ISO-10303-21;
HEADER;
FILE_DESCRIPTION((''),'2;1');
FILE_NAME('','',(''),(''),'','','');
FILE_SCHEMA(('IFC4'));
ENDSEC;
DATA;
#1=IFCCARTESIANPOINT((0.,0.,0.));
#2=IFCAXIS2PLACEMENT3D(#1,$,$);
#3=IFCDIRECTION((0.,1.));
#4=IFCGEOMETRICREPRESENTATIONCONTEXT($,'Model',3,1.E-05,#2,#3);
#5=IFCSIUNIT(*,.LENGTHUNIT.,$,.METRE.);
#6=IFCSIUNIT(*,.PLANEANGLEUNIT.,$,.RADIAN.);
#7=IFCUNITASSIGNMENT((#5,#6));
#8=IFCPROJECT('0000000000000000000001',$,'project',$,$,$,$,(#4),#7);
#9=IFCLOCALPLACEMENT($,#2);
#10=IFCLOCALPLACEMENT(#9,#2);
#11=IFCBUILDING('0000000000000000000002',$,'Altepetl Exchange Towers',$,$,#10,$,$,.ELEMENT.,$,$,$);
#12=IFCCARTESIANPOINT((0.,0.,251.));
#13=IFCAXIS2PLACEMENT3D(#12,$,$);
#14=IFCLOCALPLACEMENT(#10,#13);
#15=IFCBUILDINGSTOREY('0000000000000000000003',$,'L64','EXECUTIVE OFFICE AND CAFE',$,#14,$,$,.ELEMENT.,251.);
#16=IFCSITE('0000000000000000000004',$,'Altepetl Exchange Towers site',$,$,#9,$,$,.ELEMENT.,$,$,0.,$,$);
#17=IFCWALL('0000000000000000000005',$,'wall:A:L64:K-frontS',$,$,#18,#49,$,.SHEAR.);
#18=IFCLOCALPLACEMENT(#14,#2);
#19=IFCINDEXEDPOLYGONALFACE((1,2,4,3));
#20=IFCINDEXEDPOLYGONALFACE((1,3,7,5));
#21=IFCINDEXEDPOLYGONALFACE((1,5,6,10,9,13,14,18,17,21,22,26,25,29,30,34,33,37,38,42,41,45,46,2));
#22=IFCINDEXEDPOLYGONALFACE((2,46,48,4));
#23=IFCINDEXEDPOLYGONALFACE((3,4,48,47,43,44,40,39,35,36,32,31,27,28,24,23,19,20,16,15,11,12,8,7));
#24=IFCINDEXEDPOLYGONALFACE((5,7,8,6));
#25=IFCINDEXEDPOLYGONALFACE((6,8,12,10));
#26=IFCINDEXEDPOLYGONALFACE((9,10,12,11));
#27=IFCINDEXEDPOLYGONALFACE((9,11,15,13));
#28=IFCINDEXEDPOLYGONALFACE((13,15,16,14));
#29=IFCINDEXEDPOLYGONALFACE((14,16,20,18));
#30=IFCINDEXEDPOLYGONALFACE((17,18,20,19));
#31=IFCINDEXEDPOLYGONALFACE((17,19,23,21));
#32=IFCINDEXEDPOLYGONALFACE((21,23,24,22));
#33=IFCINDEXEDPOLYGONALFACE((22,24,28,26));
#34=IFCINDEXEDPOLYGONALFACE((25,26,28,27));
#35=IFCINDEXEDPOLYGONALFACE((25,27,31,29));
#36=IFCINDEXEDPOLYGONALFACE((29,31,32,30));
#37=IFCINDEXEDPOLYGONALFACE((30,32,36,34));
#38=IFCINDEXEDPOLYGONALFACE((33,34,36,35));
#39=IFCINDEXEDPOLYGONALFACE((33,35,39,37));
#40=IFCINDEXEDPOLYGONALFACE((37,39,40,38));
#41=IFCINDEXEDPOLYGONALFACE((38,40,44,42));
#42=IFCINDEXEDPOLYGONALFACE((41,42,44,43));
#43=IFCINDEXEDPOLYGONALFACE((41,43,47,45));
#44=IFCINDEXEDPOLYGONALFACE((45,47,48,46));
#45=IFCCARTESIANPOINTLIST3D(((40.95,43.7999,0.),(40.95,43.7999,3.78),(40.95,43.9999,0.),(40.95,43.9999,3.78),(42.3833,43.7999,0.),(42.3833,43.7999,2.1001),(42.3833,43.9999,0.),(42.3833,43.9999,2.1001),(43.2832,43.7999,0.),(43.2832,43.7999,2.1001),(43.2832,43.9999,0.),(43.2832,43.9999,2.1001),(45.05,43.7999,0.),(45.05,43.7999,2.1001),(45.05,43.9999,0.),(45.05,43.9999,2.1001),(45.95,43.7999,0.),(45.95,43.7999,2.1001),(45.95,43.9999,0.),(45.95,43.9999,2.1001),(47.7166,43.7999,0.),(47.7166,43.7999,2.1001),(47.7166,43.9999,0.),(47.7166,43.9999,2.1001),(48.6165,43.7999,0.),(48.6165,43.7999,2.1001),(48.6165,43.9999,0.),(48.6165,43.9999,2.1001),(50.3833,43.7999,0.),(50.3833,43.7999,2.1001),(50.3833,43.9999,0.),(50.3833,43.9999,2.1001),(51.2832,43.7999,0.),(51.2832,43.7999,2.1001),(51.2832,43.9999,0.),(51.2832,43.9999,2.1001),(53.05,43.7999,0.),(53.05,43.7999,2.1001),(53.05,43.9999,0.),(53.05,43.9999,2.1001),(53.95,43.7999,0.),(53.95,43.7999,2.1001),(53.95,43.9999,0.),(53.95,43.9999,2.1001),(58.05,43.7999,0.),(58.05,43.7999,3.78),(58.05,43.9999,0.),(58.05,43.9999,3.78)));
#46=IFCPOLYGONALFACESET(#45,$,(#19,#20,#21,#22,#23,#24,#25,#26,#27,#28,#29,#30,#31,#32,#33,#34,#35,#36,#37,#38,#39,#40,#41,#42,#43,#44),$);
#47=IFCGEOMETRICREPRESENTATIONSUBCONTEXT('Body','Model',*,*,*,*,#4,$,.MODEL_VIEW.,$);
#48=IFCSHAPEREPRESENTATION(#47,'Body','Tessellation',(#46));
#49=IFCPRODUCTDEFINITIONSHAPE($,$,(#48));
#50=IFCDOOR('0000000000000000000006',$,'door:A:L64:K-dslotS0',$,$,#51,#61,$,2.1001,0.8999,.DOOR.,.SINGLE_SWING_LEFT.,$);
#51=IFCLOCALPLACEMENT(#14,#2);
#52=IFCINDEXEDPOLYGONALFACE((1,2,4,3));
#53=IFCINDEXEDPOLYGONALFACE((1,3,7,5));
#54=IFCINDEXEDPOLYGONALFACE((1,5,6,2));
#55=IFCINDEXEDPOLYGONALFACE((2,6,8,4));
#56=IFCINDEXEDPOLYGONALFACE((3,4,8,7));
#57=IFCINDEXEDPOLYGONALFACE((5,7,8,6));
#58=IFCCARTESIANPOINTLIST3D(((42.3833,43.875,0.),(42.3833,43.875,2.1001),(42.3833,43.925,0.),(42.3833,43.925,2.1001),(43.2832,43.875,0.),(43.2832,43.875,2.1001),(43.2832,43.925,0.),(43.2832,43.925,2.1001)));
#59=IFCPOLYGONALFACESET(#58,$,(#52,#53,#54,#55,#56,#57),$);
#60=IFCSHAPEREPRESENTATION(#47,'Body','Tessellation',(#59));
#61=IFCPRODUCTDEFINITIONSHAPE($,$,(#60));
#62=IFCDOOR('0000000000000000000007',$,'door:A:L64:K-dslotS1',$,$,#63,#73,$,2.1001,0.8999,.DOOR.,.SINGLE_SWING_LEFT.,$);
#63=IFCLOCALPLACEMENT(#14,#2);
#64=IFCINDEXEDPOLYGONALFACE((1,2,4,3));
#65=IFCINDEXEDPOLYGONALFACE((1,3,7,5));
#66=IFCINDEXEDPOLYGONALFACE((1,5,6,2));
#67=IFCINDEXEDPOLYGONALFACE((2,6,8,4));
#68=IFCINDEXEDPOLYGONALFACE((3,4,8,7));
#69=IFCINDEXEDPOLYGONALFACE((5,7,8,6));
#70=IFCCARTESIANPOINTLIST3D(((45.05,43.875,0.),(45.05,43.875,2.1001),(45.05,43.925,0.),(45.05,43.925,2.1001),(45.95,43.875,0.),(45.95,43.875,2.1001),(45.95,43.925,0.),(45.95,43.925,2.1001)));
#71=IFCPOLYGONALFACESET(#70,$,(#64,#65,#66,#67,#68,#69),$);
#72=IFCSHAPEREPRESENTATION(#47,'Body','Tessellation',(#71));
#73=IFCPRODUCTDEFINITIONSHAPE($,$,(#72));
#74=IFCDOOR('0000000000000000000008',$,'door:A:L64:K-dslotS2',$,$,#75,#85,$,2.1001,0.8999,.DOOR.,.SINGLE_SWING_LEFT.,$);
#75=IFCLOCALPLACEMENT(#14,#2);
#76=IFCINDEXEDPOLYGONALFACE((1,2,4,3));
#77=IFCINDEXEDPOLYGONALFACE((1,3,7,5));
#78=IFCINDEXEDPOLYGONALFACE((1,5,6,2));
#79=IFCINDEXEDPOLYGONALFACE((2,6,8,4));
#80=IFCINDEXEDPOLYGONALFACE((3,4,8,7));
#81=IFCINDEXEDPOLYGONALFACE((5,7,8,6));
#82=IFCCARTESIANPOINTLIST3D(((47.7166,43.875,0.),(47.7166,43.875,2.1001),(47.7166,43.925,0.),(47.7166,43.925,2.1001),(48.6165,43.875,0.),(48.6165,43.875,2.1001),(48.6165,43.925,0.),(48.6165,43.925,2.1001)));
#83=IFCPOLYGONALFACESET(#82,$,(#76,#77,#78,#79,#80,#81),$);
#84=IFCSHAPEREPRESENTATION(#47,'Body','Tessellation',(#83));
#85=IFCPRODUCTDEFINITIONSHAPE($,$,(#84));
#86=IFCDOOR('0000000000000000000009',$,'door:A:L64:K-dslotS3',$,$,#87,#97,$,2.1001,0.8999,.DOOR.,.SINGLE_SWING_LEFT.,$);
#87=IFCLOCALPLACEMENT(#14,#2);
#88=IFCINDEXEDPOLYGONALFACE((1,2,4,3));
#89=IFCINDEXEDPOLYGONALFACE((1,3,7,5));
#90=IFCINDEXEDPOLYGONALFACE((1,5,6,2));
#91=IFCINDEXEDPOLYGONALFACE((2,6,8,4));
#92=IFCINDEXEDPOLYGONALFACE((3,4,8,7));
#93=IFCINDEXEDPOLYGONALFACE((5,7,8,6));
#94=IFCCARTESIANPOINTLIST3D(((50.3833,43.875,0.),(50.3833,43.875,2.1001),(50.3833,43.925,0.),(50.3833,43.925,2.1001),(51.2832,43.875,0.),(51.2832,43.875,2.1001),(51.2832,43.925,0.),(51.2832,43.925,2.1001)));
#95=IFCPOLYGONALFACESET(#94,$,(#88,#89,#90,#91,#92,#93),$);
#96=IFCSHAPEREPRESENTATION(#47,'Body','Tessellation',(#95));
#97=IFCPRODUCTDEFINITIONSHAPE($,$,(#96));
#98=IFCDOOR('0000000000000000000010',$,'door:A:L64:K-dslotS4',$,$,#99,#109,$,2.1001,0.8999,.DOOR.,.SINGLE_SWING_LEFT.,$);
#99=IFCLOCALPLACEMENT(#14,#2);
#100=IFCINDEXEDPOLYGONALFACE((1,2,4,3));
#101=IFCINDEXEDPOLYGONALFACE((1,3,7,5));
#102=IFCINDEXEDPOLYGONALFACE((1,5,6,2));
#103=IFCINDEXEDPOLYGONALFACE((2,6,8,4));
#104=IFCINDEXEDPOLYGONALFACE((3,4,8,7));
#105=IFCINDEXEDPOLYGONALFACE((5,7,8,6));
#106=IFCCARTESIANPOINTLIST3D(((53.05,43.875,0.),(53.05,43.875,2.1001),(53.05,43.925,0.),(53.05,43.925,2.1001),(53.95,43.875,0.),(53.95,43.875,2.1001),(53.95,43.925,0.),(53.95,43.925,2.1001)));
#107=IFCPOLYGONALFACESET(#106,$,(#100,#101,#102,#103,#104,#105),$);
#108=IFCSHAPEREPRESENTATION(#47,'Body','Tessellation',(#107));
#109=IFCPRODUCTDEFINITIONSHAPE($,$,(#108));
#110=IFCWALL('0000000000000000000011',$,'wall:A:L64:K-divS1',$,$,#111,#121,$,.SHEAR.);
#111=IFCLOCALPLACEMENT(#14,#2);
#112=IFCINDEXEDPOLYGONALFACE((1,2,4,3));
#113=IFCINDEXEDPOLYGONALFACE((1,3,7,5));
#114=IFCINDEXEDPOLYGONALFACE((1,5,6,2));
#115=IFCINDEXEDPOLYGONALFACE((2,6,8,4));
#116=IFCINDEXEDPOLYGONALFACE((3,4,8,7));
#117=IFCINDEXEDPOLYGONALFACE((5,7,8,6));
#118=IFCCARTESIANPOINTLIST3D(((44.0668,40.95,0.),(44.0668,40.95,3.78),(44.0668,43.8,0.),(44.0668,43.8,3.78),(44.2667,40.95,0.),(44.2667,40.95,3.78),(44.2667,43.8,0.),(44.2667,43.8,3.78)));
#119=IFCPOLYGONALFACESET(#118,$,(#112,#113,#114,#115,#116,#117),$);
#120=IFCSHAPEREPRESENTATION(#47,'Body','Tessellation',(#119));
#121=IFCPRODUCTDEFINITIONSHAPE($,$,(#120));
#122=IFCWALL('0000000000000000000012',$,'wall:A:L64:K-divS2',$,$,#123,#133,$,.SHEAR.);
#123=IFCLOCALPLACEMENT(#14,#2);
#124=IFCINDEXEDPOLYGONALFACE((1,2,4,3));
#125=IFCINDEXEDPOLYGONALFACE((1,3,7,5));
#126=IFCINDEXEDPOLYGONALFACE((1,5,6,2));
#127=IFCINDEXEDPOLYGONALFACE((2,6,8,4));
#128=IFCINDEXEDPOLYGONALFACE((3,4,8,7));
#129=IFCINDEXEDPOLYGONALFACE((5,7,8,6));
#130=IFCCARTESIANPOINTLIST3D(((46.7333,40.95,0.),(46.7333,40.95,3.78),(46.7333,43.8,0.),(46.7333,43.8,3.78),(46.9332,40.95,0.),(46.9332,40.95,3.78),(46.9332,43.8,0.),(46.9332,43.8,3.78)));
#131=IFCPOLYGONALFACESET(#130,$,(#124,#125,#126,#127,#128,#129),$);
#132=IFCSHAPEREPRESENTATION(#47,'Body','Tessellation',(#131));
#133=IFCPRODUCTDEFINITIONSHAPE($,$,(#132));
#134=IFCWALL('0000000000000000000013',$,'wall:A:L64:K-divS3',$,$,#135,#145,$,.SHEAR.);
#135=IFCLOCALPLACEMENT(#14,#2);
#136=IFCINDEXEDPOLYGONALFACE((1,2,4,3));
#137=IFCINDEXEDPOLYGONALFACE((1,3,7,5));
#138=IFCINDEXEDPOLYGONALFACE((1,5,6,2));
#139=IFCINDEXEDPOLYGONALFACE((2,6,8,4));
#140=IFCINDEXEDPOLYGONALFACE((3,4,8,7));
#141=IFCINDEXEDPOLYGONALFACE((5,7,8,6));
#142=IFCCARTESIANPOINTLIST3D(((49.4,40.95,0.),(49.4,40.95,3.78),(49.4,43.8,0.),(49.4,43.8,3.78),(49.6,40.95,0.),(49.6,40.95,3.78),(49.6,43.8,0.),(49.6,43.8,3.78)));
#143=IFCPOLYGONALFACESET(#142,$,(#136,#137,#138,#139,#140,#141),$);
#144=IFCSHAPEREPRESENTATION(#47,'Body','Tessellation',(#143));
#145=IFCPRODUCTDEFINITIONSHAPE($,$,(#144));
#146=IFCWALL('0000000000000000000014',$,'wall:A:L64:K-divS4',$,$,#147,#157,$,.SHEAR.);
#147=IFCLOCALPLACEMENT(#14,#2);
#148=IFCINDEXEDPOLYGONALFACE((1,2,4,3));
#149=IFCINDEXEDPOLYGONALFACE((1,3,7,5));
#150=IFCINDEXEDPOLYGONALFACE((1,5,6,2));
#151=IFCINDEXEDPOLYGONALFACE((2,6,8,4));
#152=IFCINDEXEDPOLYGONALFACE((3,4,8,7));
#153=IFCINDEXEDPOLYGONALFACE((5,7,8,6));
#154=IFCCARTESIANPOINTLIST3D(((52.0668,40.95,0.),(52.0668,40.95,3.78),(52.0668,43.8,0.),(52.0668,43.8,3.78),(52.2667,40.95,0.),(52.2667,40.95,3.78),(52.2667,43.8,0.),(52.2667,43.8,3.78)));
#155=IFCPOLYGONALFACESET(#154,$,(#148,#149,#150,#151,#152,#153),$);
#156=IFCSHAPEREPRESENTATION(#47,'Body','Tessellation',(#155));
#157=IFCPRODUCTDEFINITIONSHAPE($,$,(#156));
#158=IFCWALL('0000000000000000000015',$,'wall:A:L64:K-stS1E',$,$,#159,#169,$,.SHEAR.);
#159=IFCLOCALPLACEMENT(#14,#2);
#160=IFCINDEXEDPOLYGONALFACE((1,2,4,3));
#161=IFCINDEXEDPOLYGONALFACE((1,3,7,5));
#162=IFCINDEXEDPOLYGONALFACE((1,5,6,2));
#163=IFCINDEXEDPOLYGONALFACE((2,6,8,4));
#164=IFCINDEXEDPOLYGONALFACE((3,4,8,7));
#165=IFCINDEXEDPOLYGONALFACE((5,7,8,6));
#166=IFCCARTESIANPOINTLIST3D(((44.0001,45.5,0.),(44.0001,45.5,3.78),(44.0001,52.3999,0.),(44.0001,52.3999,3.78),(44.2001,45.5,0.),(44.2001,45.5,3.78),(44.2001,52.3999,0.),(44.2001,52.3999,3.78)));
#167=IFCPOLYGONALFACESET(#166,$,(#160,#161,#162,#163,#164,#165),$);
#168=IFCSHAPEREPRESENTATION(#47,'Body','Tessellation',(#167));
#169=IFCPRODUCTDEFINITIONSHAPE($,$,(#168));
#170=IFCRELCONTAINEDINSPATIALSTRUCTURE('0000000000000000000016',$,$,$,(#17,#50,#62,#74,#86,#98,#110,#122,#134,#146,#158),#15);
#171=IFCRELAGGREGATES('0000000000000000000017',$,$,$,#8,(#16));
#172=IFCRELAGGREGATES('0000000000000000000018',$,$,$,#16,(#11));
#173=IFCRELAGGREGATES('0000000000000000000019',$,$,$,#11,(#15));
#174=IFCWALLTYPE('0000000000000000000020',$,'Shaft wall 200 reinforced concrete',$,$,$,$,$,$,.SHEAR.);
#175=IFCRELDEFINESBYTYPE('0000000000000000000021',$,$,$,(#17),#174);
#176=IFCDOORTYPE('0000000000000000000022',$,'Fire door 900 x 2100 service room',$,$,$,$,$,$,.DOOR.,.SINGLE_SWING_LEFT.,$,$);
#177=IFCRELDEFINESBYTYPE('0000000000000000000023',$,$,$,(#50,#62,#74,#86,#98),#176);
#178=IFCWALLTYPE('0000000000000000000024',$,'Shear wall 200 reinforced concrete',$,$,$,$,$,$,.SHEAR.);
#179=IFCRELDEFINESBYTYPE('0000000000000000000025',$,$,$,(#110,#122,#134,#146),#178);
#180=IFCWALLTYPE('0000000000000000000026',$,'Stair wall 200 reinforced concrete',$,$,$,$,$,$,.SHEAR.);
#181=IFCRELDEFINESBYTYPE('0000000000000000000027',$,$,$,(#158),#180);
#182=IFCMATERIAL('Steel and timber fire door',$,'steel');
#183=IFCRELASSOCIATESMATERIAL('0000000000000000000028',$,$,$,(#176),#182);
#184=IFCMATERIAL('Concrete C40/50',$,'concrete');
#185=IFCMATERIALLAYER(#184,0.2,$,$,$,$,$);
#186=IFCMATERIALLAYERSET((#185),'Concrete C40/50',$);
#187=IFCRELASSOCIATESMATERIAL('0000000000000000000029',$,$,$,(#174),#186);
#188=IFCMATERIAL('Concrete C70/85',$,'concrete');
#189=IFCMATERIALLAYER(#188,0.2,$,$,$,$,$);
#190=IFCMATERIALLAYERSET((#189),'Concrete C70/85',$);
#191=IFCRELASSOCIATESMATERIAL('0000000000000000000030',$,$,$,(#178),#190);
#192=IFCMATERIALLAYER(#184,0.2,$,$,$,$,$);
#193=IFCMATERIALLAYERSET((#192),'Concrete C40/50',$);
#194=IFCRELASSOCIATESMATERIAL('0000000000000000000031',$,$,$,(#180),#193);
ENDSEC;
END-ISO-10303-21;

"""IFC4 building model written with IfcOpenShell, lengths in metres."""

from ifc_helpers import new_model, si_unit, direction, frame, frame_2d, origin, place, context, subcontext, project, spatial, rectangle, extrude, material, layer, layer_set, type_object, element, fill, save


model = new_model("IFC4")

# Units and contexts
model_context = context("Model", 3, precision=1e-05, world=origin(), true_north=direction((0.0, 1.0)))
body_context = subcontext(model_context, "Body", "Model", "MODEL_VIEW")
ifc_project = project(units=[si_unit("LENGTHUNIT", "METRE"), si_unit("PLANEANGLEUNIT", "RADIAN")], contexts=[model_context])

# Site, building, storey
site_placement = place(None, origin())
site = spatial("IfcSite", under=ifc_project, at=site_placement, Name="Altepetl Exchange Towers site", CompositionType="ELEMENT", RefElevation=0.0)
building_placement = place(site_placement, origin())
building = spatial("IfcBuilding", under=site, at=building_placement, Name="Altepetl Exchange Towers", CompositionType="ELEMENT")
storey_placement = place(building_placement, frame((0.0, 0.0, 251.0)))
storey = spatial("IfcBuildingStorey", under=building, at=storey_placement, Name="L64", Description="EXECUTIVE OFFICE AND CAFE", CompositionType="ELEMENT", Elevation=251.0)

# Shared definitions
ifc_material_1 = material(Name="Steel and timber fire door", Category="steel")
door_type_1 = type_object("IfcDoorType", Name="Fire door 900 x 2100 service room", OperationType="SINGLE_SWING_LEFT", PredefinedType="DOOR", material=ifc_material_1)

# Wall, openings, doors
ifc_material_2 = material(Name="Concrete C40/50", Category="concrete")
ifc_layer_1 = layer(ifc_material_2, 0.2)
ifc_layer_set_1 = layer_set([ifc_layer_1], Name="Concrete C40/50")
wall_type_1 = type_object("IfcWallType", Name="Shaft wall 200 reinforced concrete", PredefinedType="SHEAR", material=ifc_layer_set_1)
wall_1_placement = place(storey_placement, frame((40.95, 43.8999, 0.0)))
wall_1 = element("IfcWall", 1, at=wall_1_placement, inside=storey, type_object=wall_type_1, Name="wall:A:L64:K-frontS", PredefinedType="SHEAR", context=body_context, shape_type="SweptSolid", body=[
    extrude(rectangle(XDim=17.1001, YDim=0.2, at=frame_2d((8.55, 0.0))), origin(), (0.0, 0.0, 1.0), 3.78),
])
opening_1_placement = place(wall_1_placement, frame((1.4333, 0.0, 0.0)))
opening_1 = element("IfcOpeningElement", 2, at=opening_1_placement, cuts=wall_1, PredefinedType="OPENING", context=body_context, shape_type="SweptSolid", body=[
    extrude(rectangle(XDim=0.8999, YDim=2.1001, at=frame_2d((0.45, 1.05))), frame((0.0, 0.1099, 0.0), z_axis=(0.0, -1.0, 0.0), x_axis=(1.0, 0.0, 0.0)), (0.0, 0.0, 1.0), 0.22),
])
opening_2_placement = place(wall_1_placement, frame((4.1001, 0.0, 0.0)))
opening_2 = element("IfcOpeningElement", 3, at=opening_2_placement, cuts=wall_1, PredefinedType="OPENING", context=body_context, shape_type="SweptSolid", body=[
    extrude(rectangle(XDim=0.8999, YDim=2.1001, at=frame_2d((0.45, 1.05))), frame((0.0, 0.1099, 0.0), z_axis=(0.0, -1.0, 0.0), x_axis=(1.0, 0.0, 0.0)), (0.0, 0.0, 1.0), 0.22),
])
opening_3_placement = place(wall_1_placement, frame((6.7666, 0.0, 0.0)))
opening_3 = element("IfcOpeningElement", 4, at=opening_3_placement, cuts=wall_1, PredefinedType="OPENING", context=body_context, shape_type="SweptSolid", body=[
    extrude(rectangle(XDim=0.8999, YDim=2.1001, at=frame_2d((0.45, 1.05))), frame((0.0, 0.1099, 0.0), z_axis=(0.0, -1.0, 0.0), x_axis=(1.0, 0.0, 0.0)), (0.0, 0.0, 1.0), 0.22),
])
opening_4_placement = place(wall_1_placement, frame((9.4333, 0.0, 0.0)))
opening_4 = element("IfcOpeningElement", 5, at=opening_4_placement, cuts=wall_1, PredefinedType="OPENING", context=body_context, shape_type="SweptSolid", body=[
    extrude(rectangle(XDim=0.8999, YDim=2.1001, at=frame_2d((0.45, 1.05))), frame((0.0, 0.1099, 0.0), z_axis=(0.0, -1.0, 0.0), x_axis=(1.0, 0.0, 0.0)), (0.0, 0.0, 1.0), 0.22),
])
opening_5_placement = place(wall_1_placement, frame((12.1001, 0.0, 0.0)))
opening_5 = element("IfcOpeningElement", 6, at=opening_5_placement, cuts=wall_1, PredefinedType="OPENING", context=body_context, shape_type="SweptSolid", body=[
    extrude(rectangle(XDim=0.8999, YDim=2.1001, at=frame_2d((0.45, 1.05))), frame((0.0, 0.1099, 0.0), z_axis=(0.0, -1.0, 0.0), x_axis=(1.0, 0.0, 0.0)), (0.0, 0.0, 1.0), 0.22),
])
door_1_placement = place(opening_1_placement, frame((0.8999, 0.0, 0.0), x_axis=(-1.0, 0.0, 0.0)))
door_1 = element("IfcDoor", 7, at=door_1_placement, inside=storey, type_object=door_type_1, Name="door:A:L64:K-dslotS0", OperationType="SINGLE_SWING_LEFT", OverallHeight=2.1001, OverallWidth=0.8999, PredefinedType="DOOR", context=body_context, shape_type="SweptSolid", body=[
    extrude(rectangle(XDim=0.8999, YDim=2.1001, at=frame_2d((0.45, 1.05))), frame((0.0, 0.0249, 0.0), z_axis=(0.0, -1.0, 0.0), x_axis=(1.0, 0.0, 0.0)), (0.0, 0.0, 1.0), 0.05),
])
fill(opening_1, door_1)
door_2_placement = place(opening_2_placement, frame((0.8999, 0.0, 0.0), x_axis=(-1.0, 0.0, 0.0)))
door_2 = element("IfcDoor", 8, at=door_2_placement, inside=storey, type_object=door_type_1, Name="door:A:L64:K-dslotS1", OperationType="SINGLE_SWING_LEFT", OverallHeight=2.1001, OverallWidth=0.8999, PredefinedType="DOOR", context=body_context, shape_type="SweptSolid", body=[
    extrude(rectangle(XDim=0.8999, YDim=2.1001, at=frame_2d((0.45, 1.05))), frame((0.0, 0.0249, 0.0), z_axis=(0.0, -1.0, 0.0), x_axis=(1.0, 0.0, 0.0)), (0.0, 0.0, 1.0), 0.05),
])
fill(opening_2, door_2)
door_3_placement = place(opening_3_placement, frame((0.8999, 0.0, 0.0), x_axis=(-1.0, 0.0, 0.0)))
door_3 = element("IfcDoor", 9, at=door_3_placement, inside=storey, type_object=door_type_1, Name="door:A:L64:K-dslotS2", OperationType="SINGLE_SWING_LEFT", OverallHeight=2.1001, OverallWidth=0.8999, PredefinedType="DOOR", context=body_context, shape_type="SweptSolid", body=[
    extrude(rectangle(XDim=0.8999, YDim=2.1001, at=frame_2d((0.45, 1.05))), frame((0.0, 0.0249, 0.0), z_axis=(0.0, -1.0, 0.0), x_axis=(1.0, 0.0, 0.0)), (0.0, 0.0, 1.0), 0.05),
])
fill(opening_3, door_3)
door_4_placement = place(opening_4_placement, frame((0.8999, 0.0, 0.0), x_axis=(-1.0, 0.0, 0.0)))
door_4 = element("IfcDoor", 10, at=door_4_placement, inside=storey, type_object=door_type_1, Name="door:A:L64:K-dslotS3", OperationType="SINGLE_SWING_LEFT", OverallHeight=2.1001, OverallWidth=0.8999, PredefinedType="DOOR", context=body_context, shape_type="SweptSolid", body=[
    extrude(rectangle(XDim=0.8999, YDim=2.1001, at=frame_2d((0.45, 1.05))), frame((0.0, 0.0249, 0.0), z_axis=(0.0, -1.0, 0.0), x_axis=(1.0, 0.0, 0.0)), (0.0, 0.0, 1.0), 0.05),
])
fill(opening_4, door_4)
door_5_placement = place(opening_5_placement, frame((0.8999, 0.0, 0.0), x_axis=(-1.0, 0.0, 0.0)))
door_5 = element("IfcDoor", 11, at=door_5_placement, inside=storey, type_object=door_type_1, Name="door:A:L64:K-dslotS4", OperationType="SINGLE_SWING_LEFT", OverallHeight=2.1001, OverallWidth=0.8999, PredefinedType="DOOR", context=body_context, shape_type="SweptSolid", body=[
    extrude(rectangle(XDim=0.8999, YDim=2.1001, at=frame_2d((0.45, 1.05))), frame((0.0, 0.0249, 0.0), z_axis=(0.0, -1.0, 0.0), x_axis=(1.0, 0.0, 0.0)), (0.0, 0.0, 1.0), 0.05),
])
fill(opening_5, door_5)

# Walls
ifc_material_3 = material(Name="Concrete C70/85", Category="concrete")
ifc_layer_2 = layer(ifc_material_3, 0.2)
ifc_layer_set_2 = layer_set([ifc_layer_2], Name="Concrete C70/85")
wall_type_2 = type_object("IfcWallType", Name="Shear wall 200 reinforced concrete", PredefinedType="SHEAR", material=ifc_layer_set_2)
for number, where, z_axis, x_axis, name in (
    (12, (44.1667, 40.95, 0.0), (0.0, 0.0, 1.0), (0.0, 1.0, 0.0), "wall:A:L64:K-divS1"),
    (13, (46.8333, 40.95, 0.0), (0.0, 0.0, 1.0), (0.0, 1.0, 0.0), "wall:A:L64:K-divS2"),
    (14, (49.5, 40.95, 0.0), (0.0, 0.0, 1.0), (0.0, 1.0, 0.0), "wall:A:L64:K-divS3"),
    (15, (52.1667, 40.95, 0.0), (0.0, 0.0, 1.0), (0.0, 1.0, 0.0), "wall:A:L64:K-divS4"),
):
    element("IfcWall", number, at=place(storey_placement, frame(where, z_axis=z_axis, x_axis=x_axis)), inside=storey, type_object=wall_type_2, Name=name, PredefinedType="SHEAR", context=body_context, shape_type="SweptSolid", body=[
        extrude(rectangle(XDim=2.8501, YDim=0.2, at=frame_2d((1.425, 0.0))), origin(), (0.0, 0.0, 1.0), 3.78),
    ])
ifc_layer_3 = layer(ifc_material_2, 0.2)
ifc_layer_set_3 = layer_set([ifc_layer_3], Name="Concrete C40/50")
wall_type_3 = type_object("IfcWallType", Name="Stair wall 200 reinforced concrete", PredefinedType="SHEAR", material=ifc_layer_set_3)
wall_2_placement = place(storey_placement, frame((44.1001, 45.5, 0.0), z_axis=(0.0, 0.0, 1.0), x_axis=(0.0, 1.0, 0.0)))
element("IfcWall", 16, at=wall_2_placement, inside=storey, type_object=wall_type_3, Name="wall:A:L64:K-stS1E", PredefinedType="SHEAR", context=body_context, shape_type="SweptSolid", body=[
    extrude(rectangle(XDim=6.8999, YDim=0.2, at=frame_2d((3.45, 0.0))), origin(), (0.0, 0.0, 1.0), 3.78),
])

save(model, "model.ifc")
